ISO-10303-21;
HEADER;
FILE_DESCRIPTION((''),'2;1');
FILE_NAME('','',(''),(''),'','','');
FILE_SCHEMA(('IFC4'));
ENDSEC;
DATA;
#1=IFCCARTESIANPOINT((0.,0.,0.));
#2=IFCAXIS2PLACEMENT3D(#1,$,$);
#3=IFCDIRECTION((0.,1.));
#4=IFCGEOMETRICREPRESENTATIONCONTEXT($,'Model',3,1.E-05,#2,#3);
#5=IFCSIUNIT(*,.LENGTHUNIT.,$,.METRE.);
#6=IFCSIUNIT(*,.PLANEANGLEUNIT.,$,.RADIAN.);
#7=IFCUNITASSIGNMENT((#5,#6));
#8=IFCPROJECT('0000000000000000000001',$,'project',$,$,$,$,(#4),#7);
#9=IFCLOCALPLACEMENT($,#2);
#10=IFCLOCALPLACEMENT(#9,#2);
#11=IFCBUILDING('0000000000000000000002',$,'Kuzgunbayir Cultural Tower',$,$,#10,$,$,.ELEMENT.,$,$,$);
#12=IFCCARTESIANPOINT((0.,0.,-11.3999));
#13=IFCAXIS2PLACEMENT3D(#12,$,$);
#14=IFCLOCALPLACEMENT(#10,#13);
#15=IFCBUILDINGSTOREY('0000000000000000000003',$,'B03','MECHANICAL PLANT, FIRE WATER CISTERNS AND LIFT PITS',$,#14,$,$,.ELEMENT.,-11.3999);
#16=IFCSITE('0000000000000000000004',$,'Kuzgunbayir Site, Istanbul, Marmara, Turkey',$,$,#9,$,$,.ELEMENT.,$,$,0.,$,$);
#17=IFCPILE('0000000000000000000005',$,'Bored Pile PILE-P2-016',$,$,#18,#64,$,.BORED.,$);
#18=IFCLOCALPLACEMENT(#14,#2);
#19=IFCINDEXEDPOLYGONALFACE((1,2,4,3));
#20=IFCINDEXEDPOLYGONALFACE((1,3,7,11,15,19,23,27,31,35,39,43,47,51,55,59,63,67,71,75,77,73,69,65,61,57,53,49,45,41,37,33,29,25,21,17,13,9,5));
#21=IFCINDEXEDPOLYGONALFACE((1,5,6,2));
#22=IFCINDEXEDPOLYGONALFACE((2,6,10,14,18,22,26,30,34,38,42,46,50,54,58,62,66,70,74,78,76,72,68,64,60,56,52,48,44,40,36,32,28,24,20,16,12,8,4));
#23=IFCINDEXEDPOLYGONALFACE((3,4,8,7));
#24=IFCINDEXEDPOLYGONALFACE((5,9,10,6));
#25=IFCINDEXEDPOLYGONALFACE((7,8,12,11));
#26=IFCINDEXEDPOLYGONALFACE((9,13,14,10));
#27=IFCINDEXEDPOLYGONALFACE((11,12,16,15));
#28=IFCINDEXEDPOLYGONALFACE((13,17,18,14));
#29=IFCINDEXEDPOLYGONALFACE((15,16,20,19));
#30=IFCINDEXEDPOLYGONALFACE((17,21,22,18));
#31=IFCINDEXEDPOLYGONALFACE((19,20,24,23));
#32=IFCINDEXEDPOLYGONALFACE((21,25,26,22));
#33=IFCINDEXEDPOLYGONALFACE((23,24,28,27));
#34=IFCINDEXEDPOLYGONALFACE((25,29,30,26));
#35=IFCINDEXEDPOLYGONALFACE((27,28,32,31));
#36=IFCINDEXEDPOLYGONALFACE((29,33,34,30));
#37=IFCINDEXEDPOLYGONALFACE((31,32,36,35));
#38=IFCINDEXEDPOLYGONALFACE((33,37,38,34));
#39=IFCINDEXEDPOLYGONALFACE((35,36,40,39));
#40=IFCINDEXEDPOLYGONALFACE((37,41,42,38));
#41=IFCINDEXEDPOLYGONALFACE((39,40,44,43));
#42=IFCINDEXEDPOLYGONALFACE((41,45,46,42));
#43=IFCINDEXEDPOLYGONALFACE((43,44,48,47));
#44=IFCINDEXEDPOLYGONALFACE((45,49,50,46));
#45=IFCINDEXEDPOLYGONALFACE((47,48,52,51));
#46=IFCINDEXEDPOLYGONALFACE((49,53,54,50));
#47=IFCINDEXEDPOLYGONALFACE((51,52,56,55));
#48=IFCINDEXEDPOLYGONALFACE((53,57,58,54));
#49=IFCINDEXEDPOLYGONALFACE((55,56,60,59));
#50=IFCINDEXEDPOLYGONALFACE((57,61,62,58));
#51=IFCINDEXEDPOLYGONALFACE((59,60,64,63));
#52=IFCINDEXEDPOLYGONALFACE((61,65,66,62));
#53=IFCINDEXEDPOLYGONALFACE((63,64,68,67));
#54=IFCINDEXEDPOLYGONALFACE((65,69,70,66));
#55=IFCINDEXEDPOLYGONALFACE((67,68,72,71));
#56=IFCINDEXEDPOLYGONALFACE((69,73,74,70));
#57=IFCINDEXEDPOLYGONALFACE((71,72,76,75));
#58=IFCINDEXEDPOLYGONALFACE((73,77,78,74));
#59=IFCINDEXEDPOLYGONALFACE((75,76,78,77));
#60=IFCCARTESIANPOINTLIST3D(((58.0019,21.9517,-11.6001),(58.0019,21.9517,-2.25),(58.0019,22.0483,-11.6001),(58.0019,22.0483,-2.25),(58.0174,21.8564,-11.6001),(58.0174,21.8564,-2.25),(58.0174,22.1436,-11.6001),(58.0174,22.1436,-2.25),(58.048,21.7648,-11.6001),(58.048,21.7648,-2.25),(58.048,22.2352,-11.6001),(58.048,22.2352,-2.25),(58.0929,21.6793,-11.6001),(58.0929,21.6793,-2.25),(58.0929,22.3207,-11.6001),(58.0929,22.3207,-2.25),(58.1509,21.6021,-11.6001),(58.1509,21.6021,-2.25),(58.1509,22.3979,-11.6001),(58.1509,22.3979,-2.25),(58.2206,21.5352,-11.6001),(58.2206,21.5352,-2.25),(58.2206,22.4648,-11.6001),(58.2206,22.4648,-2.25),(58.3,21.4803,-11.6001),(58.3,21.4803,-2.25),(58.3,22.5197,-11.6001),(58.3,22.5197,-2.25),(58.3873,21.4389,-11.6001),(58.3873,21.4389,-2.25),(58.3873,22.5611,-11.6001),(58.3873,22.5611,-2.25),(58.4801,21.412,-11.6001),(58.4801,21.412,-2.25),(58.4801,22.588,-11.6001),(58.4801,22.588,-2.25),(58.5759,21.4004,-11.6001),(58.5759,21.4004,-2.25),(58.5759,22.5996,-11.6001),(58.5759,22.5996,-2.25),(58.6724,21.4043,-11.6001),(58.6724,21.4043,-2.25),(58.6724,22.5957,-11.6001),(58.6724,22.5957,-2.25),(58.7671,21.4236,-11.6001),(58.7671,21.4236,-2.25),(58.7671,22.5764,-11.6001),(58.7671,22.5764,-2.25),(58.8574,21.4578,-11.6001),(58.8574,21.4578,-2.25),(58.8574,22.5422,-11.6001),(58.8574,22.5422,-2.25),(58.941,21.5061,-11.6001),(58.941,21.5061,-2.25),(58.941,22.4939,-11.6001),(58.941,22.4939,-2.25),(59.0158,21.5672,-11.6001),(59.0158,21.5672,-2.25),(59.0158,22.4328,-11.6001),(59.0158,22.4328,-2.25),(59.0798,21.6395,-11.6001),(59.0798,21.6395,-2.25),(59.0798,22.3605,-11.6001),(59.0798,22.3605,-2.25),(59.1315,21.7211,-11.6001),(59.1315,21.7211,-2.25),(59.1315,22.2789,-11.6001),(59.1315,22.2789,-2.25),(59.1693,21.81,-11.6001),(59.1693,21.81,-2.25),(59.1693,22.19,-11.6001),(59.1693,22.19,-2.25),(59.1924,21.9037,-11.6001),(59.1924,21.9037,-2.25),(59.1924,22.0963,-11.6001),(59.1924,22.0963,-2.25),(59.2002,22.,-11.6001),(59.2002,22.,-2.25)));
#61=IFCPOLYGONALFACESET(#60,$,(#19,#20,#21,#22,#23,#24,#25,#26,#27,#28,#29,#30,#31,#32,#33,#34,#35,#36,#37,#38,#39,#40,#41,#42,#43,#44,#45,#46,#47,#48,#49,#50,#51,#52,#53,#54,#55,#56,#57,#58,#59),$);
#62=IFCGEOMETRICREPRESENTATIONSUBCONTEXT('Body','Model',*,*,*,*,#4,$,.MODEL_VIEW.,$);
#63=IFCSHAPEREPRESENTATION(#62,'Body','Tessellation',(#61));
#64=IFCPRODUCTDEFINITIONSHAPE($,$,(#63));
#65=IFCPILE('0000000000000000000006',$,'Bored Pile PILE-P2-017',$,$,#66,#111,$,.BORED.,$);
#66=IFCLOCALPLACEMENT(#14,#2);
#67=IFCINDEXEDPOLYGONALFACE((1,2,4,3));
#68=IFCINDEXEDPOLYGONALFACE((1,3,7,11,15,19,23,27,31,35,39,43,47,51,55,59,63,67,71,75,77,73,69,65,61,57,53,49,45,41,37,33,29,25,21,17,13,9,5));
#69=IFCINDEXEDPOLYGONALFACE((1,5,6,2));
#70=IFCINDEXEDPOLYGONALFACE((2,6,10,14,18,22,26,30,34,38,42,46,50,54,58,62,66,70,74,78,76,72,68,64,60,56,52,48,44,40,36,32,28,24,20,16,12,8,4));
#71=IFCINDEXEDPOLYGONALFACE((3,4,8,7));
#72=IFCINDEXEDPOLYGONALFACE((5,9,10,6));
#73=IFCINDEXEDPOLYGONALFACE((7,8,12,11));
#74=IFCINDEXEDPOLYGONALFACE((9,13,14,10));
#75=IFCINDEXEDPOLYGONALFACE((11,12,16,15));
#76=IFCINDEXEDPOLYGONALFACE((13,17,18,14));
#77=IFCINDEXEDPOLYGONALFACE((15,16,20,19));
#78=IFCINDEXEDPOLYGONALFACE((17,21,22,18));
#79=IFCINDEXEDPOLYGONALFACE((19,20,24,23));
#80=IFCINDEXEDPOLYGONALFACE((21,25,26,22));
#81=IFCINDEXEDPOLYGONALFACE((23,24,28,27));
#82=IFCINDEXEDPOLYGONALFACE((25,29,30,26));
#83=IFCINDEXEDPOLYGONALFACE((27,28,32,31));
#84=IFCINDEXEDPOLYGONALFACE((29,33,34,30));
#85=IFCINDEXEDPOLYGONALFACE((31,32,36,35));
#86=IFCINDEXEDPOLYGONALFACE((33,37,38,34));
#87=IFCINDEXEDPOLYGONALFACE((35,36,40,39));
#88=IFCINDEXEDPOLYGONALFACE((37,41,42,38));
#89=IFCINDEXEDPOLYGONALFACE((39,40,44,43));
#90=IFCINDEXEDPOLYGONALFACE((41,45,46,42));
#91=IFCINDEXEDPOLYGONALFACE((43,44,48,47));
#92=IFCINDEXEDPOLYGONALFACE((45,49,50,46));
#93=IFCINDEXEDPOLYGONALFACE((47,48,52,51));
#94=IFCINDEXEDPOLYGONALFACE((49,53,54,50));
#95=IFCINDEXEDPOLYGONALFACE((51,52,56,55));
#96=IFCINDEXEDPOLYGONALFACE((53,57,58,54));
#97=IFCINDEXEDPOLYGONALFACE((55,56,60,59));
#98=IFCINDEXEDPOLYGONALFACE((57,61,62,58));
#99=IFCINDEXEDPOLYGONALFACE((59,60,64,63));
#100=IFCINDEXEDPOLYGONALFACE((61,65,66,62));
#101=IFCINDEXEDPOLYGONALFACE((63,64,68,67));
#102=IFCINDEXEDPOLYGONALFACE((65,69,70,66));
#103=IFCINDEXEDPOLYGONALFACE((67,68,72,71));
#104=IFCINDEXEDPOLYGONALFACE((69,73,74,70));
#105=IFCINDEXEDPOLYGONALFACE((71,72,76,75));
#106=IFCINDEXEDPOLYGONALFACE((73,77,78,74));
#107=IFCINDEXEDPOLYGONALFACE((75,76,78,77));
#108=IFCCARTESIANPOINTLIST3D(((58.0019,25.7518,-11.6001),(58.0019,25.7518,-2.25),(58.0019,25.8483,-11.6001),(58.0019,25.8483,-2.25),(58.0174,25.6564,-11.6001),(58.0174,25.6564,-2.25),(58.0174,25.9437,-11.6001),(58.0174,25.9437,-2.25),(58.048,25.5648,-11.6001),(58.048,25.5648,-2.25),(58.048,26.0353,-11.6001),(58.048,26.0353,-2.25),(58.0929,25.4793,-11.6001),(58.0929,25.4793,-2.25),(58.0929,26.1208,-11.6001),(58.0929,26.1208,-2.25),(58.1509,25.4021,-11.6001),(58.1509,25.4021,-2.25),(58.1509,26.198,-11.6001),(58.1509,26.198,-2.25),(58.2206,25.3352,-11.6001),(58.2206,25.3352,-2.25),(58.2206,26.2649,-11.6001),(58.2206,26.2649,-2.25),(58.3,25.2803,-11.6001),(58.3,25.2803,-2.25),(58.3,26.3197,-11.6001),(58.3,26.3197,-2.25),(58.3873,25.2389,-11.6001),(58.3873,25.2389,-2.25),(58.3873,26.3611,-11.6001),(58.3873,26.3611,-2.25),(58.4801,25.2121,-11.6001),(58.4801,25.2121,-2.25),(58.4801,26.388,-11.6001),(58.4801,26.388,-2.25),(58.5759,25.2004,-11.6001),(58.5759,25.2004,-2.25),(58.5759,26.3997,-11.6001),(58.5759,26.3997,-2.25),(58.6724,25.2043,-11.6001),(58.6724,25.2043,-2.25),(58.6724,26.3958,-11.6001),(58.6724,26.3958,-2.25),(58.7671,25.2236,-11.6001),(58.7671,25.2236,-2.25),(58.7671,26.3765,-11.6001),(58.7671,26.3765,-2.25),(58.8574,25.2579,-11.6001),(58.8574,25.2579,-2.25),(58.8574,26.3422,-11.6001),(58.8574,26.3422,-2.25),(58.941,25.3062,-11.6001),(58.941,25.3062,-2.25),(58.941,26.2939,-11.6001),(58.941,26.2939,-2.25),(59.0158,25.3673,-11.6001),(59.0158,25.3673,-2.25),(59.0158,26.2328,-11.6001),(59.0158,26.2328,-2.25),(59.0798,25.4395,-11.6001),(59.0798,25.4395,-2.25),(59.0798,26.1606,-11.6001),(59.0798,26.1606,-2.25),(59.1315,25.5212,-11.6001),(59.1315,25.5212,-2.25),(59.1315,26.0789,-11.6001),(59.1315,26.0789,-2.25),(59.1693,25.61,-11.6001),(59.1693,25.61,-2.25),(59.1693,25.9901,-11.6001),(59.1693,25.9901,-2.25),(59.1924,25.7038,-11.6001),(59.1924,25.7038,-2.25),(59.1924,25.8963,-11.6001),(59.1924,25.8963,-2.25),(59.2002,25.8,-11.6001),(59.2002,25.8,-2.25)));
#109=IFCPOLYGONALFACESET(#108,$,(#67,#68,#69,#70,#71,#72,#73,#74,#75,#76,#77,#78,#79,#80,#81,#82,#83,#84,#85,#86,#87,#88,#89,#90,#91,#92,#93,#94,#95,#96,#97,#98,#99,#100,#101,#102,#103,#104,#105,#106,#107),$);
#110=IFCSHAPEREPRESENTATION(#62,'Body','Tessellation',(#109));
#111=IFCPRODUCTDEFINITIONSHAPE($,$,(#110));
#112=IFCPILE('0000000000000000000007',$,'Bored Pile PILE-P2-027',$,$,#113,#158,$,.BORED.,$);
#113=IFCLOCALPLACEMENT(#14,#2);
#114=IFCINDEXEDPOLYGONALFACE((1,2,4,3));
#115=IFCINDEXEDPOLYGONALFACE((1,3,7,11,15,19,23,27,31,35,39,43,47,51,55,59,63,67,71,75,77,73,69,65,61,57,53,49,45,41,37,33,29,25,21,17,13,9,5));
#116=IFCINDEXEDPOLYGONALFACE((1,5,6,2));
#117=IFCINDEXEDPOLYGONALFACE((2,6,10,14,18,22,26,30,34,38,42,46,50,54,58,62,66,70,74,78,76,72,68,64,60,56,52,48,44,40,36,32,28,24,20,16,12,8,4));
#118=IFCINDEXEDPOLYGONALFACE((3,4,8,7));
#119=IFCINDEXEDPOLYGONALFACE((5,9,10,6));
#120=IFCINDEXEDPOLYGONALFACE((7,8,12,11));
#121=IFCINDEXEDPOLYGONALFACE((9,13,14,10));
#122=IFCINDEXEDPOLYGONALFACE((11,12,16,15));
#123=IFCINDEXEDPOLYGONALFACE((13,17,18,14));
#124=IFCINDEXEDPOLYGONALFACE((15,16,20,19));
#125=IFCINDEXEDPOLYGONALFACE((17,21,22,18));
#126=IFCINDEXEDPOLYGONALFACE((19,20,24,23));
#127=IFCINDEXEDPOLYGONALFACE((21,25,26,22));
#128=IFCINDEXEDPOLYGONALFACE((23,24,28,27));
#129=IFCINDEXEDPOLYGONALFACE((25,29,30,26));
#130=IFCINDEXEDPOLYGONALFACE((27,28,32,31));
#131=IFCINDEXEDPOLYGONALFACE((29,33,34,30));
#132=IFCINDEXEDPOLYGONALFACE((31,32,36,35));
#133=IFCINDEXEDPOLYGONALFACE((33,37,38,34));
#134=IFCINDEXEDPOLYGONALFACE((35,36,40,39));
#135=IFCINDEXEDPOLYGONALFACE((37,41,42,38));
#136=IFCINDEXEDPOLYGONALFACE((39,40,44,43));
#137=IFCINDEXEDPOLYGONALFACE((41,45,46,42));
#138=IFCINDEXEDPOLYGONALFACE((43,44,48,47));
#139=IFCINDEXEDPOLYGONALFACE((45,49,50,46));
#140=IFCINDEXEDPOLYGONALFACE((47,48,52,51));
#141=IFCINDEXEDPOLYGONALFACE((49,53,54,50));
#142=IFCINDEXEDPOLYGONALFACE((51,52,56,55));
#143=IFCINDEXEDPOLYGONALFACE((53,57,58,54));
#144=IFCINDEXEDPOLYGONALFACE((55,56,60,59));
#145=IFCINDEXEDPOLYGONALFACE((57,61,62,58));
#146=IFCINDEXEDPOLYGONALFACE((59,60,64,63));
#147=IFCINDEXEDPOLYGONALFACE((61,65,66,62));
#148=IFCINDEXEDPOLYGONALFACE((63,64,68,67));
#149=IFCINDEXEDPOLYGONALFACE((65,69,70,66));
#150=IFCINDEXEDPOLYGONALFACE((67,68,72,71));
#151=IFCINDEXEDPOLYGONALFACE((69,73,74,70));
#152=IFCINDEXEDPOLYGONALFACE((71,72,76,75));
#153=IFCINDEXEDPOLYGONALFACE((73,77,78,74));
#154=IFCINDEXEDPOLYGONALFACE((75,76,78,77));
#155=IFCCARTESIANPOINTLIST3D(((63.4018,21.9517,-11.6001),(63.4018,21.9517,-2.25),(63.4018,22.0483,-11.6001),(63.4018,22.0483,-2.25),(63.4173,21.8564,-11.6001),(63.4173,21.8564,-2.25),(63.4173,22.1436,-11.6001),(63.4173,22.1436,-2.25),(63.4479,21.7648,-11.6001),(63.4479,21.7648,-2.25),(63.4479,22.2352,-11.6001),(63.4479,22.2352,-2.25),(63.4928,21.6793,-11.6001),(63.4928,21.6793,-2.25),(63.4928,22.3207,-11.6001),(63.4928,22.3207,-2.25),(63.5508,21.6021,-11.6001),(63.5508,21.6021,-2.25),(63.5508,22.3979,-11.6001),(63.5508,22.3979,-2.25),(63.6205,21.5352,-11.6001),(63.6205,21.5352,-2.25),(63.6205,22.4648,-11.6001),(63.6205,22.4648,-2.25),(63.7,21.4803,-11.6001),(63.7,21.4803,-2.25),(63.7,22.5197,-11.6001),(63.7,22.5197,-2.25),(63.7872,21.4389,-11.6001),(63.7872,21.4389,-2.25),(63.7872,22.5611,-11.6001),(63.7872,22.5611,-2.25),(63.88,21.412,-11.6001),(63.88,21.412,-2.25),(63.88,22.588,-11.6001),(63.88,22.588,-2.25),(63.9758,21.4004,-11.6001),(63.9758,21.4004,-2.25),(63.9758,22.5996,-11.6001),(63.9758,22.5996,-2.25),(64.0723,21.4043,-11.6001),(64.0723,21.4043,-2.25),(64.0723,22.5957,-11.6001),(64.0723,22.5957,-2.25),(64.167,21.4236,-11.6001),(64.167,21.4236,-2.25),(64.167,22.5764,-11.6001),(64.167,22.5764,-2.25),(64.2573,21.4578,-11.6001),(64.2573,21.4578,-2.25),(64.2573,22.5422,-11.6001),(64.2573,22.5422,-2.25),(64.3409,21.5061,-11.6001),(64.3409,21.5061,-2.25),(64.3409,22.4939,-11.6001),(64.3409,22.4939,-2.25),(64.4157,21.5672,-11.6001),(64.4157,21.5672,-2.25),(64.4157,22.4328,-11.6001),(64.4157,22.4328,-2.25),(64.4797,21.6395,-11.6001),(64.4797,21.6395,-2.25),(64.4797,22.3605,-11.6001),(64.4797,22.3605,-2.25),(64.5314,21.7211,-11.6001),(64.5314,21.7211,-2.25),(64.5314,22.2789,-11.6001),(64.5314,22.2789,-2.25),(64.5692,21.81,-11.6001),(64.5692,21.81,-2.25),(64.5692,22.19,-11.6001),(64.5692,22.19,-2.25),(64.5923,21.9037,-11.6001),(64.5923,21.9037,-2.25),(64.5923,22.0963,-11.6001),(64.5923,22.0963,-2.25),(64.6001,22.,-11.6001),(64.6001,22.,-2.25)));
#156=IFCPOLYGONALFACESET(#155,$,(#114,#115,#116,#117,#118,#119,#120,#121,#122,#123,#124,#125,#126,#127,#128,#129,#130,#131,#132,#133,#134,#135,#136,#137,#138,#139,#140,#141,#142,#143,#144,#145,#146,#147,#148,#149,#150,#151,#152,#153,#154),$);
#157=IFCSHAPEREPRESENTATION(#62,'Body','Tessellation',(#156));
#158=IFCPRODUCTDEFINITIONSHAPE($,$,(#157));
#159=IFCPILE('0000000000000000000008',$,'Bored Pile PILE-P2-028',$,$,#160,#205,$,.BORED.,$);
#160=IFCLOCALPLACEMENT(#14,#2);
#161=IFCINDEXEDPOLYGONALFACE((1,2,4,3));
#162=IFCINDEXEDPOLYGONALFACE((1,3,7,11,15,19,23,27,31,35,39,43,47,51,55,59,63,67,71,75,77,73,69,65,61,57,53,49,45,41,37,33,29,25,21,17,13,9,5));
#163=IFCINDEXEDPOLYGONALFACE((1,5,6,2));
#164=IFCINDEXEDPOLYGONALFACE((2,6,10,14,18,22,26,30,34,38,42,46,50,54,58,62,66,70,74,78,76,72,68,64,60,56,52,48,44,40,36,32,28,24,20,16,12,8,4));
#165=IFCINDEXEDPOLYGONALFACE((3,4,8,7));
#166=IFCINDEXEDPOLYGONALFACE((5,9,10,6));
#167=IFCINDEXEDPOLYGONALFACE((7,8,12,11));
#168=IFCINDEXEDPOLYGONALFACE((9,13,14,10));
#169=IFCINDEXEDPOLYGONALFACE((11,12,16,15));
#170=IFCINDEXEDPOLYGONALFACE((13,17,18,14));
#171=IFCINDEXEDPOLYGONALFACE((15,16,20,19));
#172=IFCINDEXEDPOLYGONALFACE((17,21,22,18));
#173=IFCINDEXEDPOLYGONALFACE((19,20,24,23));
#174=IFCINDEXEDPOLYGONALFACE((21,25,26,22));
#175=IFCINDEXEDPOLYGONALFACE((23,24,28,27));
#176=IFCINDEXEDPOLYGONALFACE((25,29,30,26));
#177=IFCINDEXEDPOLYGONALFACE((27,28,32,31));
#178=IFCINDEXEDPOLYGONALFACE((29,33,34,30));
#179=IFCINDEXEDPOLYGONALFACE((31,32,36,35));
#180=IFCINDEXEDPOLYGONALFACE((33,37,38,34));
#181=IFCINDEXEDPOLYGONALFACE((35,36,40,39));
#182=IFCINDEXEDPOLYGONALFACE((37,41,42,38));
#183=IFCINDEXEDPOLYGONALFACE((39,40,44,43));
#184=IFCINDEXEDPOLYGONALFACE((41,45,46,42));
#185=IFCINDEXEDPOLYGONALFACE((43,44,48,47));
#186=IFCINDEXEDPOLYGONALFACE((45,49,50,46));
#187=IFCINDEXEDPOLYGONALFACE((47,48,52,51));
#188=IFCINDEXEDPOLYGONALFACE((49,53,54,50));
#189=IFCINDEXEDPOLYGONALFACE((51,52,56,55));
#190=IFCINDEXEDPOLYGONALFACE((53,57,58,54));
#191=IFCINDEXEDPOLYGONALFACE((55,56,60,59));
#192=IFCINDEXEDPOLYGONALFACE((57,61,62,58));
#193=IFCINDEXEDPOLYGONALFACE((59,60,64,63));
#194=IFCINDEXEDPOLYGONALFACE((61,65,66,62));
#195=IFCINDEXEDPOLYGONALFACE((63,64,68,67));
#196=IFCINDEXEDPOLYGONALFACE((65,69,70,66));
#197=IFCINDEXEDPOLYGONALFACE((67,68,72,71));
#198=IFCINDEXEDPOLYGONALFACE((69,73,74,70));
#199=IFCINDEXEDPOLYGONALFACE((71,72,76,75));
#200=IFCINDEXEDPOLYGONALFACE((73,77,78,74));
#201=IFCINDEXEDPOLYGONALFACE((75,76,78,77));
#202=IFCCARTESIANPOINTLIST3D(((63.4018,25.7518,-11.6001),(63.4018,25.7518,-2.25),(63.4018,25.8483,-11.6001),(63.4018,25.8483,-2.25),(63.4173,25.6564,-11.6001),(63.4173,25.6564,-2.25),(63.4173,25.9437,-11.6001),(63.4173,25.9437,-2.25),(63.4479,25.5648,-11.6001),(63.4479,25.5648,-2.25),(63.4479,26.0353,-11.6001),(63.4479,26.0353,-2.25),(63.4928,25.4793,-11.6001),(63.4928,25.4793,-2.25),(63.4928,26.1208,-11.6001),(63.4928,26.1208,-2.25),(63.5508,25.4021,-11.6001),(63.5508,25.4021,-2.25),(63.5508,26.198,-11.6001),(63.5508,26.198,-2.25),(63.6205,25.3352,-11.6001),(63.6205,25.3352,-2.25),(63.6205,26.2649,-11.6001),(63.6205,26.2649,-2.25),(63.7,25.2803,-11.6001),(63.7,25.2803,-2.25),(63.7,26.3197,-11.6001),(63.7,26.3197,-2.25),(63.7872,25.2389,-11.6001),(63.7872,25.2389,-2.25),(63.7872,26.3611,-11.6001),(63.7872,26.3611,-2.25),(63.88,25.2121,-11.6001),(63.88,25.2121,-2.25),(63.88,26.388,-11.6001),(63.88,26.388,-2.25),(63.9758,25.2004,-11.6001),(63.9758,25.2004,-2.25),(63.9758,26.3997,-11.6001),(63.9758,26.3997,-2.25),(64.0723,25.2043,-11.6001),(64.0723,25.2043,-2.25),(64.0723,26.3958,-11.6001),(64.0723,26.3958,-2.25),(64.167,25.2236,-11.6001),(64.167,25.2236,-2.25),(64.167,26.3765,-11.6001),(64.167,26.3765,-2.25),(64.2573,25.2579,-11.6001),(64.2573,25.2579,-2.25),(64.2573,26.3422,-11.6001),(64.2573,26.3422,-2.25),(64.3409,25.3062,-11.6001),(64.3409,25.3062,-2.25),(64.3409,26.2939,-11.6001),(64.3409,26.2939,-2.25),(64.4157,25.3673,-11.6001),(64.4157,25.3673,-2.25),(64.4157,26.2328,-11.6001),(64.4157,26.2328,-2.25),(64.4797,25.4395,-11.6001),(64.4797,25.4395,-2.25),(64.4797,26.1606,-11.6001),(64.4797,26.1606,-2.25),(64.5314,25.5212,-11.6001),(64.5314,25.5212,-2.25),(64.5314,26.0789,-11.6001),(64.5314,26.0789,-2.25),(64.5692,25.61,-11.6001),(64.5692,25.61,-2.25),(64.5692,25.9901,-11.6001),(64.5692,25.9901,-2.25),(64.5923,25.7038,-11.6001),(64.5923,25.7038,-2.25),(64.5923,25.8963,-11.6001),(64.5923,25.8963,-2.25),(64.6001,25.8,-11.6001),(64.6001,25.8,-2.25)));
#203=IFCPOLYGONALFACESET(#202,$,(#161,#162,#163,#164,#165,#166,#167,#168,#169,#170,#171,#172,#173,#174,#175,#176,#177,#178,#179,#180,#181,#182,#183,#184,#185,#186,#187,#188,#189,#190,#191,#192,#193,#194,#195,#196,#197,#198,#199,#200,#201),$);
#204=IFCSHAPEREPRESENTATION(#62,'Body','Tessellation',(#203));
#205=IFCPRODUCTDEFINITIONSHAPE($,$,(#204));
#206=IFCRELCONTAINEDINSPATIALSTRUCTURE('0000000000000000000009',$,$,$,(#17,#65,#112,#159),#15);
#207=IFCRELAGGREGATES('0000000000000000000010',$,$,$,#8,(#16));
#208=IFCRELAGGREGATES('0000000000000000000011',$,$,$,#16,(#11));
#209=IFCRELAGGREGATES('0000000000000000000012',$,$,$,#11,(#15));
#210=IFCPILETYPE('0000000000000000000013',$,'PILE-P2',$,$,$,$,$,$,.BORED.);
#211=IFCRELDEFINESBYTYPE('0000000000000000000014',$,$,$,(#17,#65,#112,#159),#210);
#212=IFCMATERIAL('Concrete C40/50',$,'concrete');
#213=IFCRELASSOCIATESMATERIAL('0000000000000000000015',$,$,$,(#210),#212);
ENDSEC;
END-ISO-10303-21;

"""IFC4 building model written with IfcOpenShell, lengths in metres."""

from ifc_helpers import new_model, si_unit, direction, frame, origin, origin_2d, place, context, subcontext, project, spatial, circle, extrude, material, material_profile, profile_set, type_object, element, save


model = new_model("IFC4")

# Units and contexts
model_context = context("Model", 3, precision=1e-05, world=origin(), true_north=direction((0.0, 1.0)))
body_context = subcontext(model_context, "Body", "Model", "MODEL_VIEW")
ifc_project = project(units=[si_unit("LENGTHUNIT", "METRE"), si_unit("PLANEANGLEUNIT", "RADIAN")], contexts=[model_context])

# Site, building, storey
site_placement = place(None, origin())
site = spatial("IfcSite", under=ifc_project, at=site_placement, Name="Kuzgunbayir Site, Istanbul, Marmara, Turkey", CompositionType="ELEMENT", RefElevation=0.0)
building_placement = place(site_placement, origin())
building = spatial("IfcBuilding", under=site, at=building_placement, Name="Kuzgunbayir Cultural Tower", CompositionType="ELEMENT")
storey_placement = place(building_placement, frame((0.0, 0.0, -11.3999)))
storey = spatial("IfcBuildingStorey", under=building, at=storey_placement, Name="B03", Description="MECHANICAL PLANT, FIRE WATER CISTERNS AND LIFT PITS", CompositionType="ELEMENT", Elevation=-11.3999)

# Piles
ifc_material_1 = material(Name="Concrete C40/50", Category="concrete")
ifc_material_profile_1 = material_profile(ifc_material_1, circle(Radius=0.6001, at=origin_2d()), Name="BORED PILE 1200")
ifc_profile_set_1 = profile_set([ifc_material_profile_1], Name="Concrete C40/50")
pile_type_1 = type_object("IfcPileType", Name="PILE-P2", PredefinedType="BORED", material=ifc_profile_set_1)
for number, where, z_axis, x_axis, name in (
    (1, (58.6001, 22.0, -2.25), (0.0, 0.0, -1.0), (1.0, 0.0, 0.0), "Bored Pile PILE-P2-016"),
    (2, (58.6001, 25.8, -2.25), (0.0, 0.0, -1.0), (1.0, 0.0, 0.0), "Bored Pile PILE-P2-017"),
    (3, (64.0, 22.0, -2.25), (0.0, 0.0, -1.0), (1.0, 0.0, 0.0), "Bored Pile PILE-P2-027"),
    (4, (64.0, 25.8, -2.25), (0.0, 0.0, -1.0), (1.0, 0.0, 0.0), "Bored Pile PILE-P2-028"),
):
    element("IfcPile", number, at=place(storey_placement, frame(where, z_axis=z_axis, x_axis=x_axis)), inside=storey, type_object=pile_type_1, Name=name, PredefinedType="BORED", context=body_context, shape_type="SweptSolid", body=[
        extrude(circle(Radius=0.6001, at=origin_2d()), origin(), (0.0, 0.0, 1.0), 9.3501),
    ])

save(model, "model.ifc")
